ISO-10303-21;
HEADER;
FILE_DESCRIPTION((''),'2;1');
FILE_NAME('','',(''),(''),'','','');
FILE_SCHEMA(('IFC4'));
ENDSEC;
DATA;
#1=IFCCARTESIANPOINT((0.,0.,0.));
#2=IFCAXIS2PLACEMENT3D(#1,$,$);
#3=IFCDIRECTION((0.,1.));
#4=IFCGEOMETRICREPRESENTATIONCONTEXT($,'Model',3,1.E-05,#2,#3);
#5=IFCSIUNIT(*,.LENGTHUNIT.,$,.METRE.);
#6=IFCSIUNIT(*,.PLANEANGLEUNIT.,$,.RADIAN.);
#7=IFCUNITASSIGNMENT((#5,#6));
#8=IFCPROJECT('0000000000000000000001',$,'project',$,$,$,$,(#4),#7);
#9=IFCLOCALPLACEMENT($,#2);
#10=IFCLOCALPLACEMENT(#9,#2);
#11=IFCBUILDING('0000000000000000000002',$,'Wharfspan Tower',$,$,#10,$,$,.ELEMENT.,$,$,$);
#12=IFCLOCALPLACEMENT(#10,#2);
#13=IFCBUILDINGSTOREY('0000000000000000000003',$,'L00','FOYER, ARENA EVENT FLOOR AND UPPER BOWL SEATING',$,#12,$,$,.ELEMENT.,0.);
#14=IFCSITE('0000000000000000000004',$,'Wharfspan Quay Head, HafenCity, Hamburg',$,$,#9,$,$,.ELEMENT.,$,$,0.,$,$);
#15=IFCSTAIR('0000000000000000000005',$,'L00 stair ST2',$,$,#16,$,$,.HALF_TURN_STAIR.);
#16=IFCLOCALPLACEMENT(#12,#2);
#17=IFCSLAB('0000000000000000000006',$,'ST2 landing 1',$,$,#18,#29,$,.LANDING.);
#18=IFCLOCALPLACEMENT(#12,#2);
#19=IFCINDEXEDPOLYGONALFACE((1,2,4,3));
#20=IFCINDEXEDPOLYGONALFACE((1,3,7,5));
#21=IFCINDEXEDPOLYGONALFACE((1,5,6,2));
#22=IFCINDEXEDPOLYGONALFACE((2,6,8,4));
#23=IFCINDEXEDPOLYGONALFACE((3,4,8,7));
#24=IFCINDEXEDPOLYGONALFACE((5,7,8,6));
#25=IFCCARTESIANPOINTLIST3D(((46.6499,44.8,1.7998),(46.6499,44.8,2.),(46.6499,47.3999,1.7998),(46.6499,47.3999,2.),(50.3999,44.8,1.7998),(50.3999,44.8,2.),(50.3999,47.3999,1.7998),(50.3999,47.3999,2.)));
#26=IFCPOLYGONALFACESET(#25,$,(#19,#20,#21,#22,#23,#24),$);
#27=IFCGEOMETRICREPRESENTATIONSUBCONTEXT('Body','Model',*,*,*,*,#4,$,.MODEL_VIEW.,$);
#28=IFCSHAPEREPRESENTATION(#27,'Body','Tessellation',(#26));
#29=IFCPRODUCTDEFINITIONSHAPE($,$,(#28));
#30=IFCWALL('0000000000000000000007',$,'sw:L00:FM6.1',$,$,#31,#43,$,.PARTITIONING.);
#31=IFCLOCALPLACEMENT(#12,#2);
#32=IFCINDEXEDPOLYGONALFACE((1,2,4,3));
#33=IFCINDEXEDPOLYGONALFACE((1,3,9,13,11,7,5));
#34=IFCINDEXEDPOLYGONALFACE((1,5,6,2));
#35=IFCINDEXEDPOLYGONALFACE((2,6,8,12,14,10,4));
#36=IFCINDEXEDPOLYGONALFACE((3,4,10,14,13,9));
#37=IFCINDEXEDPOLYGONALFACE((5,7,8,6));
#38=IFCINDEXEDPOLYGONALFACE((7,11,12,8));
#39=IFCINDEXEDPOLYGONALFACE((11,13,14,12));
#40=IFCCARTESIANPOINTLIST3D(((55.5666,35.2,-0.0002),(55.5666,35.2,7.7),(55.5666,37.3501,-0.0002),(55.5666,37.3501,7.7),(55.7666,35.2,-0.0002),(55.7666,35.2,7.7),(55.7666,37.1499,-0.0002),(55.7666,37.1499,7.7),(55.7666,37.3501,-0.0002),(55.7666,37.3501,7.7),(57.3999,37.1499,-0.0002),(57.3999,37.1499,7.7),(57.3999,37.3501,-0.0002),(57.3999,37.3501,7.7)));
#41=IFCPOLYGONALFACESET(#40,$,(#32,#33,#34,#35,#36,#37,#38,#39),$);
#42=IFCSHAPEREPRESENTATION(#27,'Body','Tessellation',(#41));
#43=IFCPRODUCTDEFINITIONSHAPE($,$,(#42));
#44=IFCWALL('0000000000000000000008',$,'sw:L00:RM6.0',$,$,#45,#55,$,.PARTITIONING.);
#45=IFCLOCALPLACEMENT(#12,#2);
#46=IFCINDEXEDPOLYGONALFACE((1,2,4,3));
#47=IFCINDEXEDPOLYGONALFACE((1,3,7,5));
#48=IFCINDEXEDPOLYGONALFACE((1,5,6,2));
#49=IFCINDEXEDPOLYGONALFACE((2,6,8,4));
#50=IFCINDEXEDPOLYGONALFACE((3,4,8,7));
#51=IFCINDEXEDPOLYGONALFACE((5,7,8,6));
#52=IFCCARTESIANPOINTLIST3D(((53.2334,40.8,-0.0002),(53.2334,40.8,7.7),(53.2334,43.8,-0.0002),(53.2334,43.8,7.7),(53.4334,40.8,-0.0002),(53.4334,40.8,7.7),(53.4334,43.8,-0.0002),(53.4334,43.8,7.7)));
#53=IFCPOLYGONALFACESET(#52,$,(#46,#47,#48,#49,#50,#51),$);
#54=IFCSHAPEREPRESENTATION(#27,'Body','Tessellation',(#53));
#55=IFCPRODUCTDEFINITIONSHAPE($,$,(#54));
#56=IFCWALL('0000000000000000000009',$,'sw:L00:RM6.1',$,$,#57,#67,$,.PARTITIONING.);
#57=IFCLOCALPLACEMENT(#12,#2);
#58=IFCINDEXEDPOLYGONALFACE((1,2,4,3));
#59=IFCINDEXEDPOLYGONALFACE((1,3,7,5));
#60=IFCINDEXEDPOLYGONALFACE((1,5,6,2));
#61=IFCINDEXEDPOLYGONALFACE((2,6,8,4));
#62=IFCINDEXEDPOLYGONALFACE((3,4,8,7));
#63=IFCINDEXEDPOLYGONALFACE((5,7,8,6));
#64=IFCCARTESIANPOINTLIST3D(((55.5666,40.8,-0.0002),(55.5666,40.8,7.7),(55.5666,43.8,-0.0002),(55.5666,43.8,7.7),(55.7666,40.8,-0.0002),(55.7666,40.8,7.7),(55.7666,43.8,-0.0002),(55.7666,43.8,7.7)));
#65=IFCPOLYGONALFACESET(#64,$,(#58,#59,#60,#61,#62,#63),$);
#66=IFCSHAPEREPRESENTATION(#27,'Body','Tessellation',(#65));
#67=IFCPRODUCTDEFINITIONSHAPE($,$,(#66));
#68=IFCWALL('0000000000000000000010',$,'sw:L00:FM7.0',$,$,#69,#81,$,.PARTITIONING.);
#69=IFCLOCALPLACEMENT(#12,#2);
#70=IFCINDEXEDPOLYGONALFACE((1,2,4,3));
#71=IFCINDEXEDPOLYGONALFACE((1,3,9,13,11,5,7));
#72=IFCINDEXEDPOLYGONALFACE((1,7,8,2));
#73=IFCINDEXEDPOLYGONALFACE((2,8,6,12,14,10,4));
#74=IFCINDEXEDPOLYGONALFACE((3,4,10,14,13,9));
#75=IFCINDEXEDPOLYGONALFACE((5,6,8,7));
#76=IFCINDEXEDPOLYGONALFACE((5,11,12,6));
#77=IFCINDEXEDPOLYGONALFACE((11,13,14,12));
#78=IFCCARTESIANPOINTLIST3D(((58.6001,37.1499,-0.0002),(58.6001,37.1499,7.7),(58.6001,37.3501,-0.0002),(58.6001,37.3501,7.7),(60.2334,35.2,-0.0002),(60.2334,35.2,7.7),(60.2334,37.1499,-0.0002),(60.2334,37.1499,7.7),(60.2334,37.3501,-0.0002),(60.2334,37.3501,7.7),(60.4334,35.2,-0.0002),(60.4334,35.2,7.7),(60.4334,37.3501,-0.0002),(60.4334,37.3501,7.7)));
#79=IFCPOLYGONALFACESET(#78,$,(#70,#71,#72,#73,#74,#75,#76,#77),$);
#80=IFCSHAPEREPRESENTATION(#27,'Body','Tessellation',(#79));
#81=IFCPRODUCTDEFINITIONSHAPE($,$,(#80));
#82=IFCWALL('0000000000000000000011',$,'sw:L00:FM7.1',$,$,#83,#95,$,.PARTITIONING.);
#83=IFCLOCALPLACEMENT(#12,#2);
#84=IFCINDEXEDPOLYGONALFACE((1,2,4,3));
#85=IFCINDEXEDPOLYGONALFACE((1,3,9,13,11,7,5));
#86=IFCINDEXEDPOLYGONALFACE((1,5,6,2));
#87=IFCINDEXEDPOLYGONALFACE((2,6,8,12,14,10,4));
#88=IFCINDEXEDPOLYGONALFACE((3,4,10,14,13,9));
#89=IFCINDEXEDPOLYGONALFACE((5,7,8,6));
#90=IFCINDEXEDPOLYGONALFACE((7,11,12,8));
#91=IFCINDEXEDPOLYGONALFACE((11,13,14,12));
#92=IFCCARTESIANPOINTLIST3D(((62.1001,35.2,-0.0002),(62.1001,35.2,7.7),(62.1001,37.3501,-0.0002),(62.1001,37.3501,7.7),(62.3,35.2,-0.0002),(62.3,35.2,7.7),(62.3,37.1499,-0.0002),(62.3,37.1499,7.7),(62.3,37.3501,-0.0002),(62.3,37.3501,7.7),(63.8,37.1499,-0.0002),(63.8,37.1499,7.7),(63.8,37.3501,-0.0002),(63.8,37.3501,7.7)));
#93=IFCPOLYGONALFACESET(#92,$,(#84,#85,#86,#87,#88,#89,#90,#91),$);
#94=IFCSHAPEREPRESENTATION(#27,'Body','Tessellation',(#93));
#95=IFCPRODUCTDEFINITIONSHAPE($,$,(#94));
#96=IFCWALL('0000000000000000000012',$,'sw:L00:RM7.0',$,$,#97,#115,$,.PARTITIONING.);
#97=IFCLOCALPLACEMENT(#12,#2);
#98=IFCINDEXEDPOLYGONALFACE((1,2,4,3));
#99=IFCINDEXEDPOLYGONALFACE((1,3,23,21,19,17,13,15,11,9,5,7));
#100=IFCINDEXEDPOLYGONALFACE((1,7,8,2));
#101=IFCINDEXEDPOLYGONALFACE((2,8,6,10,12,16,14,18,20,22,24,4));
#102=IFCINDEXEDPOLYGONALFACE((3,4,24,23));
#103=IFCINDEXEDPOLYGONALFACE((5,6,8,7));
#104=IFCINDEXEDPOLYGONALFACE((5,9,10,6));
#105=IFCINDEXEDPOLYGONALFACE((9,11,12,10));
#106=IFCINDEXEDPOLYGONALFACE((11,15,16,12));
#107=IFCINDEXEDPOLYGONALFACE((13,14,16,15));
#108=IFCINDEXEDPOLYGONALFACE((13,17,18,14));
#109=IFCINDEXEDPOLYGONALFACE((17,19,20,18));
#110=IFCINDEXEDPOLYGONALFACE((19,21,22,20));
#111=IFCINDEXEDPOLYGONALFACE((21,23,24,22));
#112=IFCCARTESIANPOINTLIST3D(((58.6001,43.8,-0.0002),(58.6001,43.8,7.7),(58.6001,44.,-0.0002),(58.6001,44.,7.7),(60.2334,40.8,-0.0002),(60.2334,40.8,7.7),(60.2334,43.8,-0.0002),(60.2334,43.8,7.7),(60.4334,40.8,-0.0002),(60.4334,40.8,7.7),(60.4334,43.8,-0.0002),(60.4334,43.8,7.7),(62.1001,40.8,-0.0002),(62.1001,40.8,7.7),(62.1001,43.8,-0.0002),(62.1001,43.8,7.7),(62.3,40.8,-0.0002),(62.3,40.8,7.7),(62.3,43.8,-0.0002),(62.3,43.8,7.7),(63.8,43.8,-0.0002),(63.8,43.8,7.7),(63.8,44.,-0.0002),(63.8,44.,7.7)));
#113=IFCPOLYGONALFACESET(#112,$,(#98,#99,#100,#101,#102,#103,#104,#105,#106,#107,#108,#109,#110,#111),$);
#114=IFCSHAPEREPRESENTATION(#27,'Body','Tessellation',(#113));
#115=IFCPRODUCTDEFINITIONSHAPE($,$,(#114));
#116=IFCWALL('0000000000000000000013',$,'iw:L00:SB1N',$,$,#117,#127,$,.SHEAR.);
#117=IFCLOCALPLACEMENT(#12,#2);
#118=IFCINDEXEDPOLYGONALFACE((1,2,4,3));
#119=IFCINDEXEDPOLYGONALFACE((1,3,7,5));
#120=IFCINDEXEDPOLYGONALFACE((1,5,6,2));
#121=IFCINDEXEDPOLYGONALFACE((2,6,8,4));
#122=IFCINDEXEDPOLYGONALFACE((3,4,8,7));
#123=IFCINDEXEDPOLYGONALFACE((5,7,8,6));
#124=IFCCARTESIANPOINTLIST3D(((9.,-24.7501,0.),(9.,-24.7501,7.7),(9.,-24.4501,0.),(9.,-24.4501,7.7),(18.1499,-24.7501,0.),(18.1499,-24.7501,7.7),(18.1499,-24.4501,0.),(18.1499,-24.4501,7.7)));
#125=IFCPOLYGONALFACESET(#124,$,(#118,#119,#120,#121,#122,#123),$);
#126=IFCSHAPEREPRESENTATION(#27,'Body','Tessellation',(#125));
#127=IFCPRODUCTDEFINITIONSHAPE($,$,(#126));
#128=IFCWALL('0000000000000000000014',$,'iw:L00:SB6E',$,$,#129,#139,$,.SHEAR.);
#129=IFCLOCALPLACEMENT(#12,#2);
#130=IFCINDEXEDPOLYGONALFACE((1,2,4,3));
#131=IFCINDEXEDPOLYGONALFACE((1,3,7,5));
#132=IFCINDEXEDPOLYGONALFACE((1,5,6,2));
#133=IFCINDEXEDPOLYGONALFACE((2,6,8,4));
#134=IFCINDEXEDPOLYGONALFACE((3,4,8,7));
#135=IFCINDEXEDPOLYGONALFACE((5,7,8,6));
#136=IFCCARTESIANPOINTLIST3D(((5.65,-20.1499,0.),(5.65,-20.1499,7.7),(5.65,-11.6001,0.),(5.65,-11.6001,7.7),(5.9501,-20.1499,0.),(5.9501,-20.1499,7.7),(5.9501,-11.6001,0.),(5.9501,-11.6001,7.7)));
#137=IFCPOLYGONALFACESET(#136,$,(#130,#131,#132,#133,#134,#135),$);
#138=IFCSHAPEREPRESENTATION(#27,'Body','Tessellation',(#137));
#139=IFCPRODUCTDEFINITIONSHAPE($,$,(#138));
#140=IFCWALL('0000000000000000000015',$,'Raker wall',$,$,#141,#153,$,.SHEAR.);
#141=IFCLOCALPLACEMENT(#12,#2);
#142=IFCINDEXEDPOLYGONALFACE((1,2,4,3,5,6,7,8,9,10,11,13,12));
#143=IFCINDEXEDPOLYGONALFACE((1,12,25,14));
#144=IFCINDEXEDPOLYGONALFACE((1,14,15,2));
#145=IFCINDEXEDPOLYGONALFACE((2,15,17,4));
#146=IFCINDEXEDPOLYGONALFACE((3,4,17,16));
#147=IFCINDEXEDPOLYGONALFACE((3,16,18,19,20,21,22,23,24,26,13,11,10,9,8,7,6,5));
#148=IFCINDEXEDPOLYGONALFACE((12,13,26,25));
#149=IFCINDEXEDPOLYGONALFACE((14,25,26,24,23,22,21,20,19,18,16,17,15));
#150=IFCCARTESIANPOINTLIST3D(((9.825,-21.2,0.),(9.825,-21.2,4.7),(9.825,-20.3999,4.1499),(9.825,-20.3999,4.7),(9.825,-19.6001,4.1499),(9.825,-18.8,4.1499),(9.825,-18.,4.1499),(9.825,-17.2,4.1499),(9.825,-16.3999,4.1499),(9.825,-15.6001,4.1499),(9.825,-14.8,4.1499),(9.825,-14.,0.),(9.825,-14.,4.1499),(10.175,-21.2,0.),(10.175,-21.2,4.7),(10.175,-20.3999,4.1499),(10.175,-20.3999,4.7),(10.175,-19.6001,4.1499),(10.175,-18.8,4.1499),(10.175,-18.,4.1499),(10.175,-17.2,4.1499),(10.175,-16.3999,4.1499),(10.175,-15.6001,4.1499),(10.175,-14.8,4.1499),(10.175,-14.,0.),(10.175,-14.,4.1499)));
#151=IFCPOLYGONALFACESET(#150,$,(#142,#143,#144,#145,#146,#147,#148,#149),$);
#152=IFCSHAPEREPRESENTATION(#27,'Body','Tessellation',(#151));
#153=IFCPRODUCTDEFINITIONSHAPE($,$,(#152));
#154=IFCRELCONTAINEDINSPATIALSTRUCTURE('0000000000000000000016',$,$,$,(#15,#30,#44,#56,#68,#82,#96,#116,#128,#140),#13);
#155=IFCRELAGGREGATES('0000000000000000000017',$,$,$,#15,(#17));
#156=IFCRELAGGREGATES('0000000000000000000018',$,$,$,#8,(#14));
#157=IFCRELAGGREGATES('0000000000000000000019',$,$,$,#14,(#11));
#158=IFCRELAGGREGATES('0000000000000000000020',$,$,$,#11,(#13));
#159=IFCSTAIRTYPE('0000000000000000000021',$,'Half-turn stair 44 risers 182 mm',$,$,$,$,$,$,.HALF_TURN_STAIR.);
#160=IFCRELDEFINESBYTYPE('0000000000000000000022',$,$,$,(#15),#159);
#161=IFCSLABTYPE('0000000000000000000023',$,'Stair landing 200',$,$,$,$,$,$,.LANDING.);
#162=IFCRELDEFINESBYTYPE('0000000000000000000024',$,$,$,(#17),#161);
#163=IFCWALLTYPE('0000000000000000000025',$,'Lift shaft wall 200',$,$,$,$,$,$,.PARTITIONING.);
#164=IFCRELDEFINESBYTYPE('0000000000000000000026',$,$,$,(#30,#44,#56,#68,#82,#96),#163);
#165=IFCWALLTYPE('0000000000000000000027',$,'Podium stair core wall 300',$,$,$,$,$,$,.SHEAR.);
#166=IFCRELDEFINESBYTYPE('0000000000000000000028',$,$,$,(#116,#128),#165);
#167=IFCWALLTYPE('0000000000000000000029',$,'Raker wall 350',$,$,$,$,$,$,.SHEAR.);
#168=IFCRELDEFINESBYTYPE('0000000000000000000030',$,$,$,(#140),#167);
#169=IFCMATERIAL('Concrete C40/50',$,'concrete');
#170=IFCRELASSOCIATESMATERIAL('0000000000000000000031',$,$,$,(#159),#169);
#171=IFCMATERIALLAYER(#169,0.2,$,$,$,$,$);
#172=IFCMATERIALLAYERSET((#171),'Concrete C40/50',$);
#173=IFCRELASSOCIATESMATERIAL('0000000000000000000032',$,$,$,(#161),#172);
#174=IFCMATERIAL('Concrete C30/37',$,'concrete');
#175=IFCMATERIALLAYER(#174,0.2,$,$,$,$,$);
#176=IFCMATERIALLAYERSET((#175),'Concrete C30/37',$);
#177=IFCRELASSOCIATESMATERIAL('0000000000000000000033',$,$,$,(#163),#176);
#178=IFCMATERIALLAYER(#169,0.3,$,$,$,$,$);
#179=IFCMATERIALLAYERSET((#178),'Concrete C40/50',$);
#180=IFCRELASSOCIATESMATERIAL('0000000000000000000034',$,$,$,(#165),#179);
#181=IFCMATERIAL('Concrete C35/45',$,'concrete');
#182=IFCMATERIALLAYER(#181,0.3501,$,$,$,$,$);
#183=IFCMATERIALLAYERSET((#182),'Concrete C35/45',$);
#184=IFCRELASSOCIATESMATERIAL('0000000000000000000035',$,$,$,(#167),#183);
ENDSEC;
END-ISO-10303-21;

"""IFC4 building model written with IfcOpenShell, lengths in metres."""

from ifc_helpers import new_model, si_unit, direction, frame, frame_2d, origin, place, context, subcontext, project, spatial, polyline, rectangle, outline, extrude, material, layer, layer_set, type_object, element, aggregate, save


model = new_model("IFC4")

# Units and contexts
model_context = context("Model", 3, precision=1e-05, world=origin(), true_north=direction((0.0, 1.0)))
body_context = subcontext(model_context, "Body", "Model", "MODEL_VIEW")
ifc_project = project(units=[si_unit("LENGTHUNIT", "METRE"), si_unit("PLANEANGLEUNIT", "RADIAN")], contexts=[model_context])

# Site, building, storey
site_placement = place(None, origin())
site = spatial("IfcSite", under=ifc_project, at=site_placement, Name="Wharfspan Quay Head, HafenCity, Hamburg", CompositionType="ELEMENT", RefElevation=0.0)
building_placement = place(site_placement, origin())
building = spatial("IfcBuilding", under=site, at=building_placement, Name="Wharfspan Tower", CompositionType="ELEMENT")
storey_placement = place(building_placement, origin())
storey = spatial("IfcBuildingStorey", under=building, at=storey_placement, Name="L00", Description="FOYER, ARENA EVENT FLOOR AND UPPER BOWL SEATING", CompositionType="ELEMENT", Elevation=0.0)

# Shared definitions
ifc_material_1 = material(Name="Concrete C40/50", Category="concrete")
stair_type = type_object("IfcStairType", Name="Half-turn stair 44 risers 182 mm", PredefinedType="HALF_TURN_STAIR", material=ifc_material_1)
ifc_layer_1 = layer(ifc_material_1, 0.2)
ifc_layer_set_1 = layer_set([ifc_layer_1], Name="Concrete C40/50")
slab_type = type_object("IfcSlabType", Name="Stair landing 200", PredefinedType="LANDING", material=ifc_layer_set_1)

# Stair, slab
stair_1_placement = place(storey_placement, origin())
stair_1 = element("IfcStair", 1, at=stair_1_placement, inside=storey, type_object=stair_type, Name="L00 stair ST2", PredefinedType="HALF_TURN_STAIR")
slab_1_placement = place(storey_placement, frame((0.0, 0.0, 1.7998)))
slab_1 = element("IfcSlab", 2, at=slab_1_placement, type_object=slab_type, Name="ST2 landing 1", PredefinedType="LANDING", context=body_context, shape_type="SweptSolid", body=[
    extrude(outline(polyline([(50.3999, 44.8), (50.3999, 47.3999), (46.6499, 47.3999), (46.6499, 44.8), (50.3999, 44.8)])), origin(), (0.0, 0.0, 1.0), 0.2002),
])
aggregate(stair_1, [slab_1])

# Walls
ifc_material_2 = material(Name="Concrete C30/37", Category="concrete")
ifc_layer_2 = layer(ifc_material_2, 0.2)
ifc_layer_set_2 = layer_set([ifc_layer_2], Name="Concrete C30/37")
wall_type_1 = type_object("IfcWallType", Name="Lift shaft wall 200", PredefinedType="PARTITIONING", material=ifc_layer_set_2)
wall_1_placement = place(storey_placement, frame((0.0, 0.0, -0.0002)))
element("IfcWall", 3, at=wall_1_placement, inside=storey, type_object=wall_type_1, Name="sw:L00:FM6.1", PredefinedType="PARTITIONING", context=body_context, shape_type="SweptSolid", body=[
    extrude(outline(polyline([(55.5667, 37.3501), (55.7666, 37.3501), (57.3999, 37.3501), (57.3999, 37.1499), (55.7666, 37.1499), (55.7666, 35.2), (55.5667, 35.2), (55.5667, 37.3501)])), origin(), (0.0, 0.0, 1.0), 7.7002),
])
wall_2_placement = place(storey_placement, frame((0.0, 0.0, -0.0002)))
element("IfcWall", 4, at=wall_2_placement, inside=storey, type_object=wall_type_1, Name="sw:L00:RM6.0", PredefinedType="PARTITIONING", context=body_context, shape_type="SweptSolid", body=[
    extrude(outline(polyline([(53.2334, 40.8), (53.2334, 43.8), (53.4333, 43.8), (53.4333, 40.8), (53.2334, 40.8)])), origin(), (0.0, 0.0, 1.0), 7.7002),
])
wall_3_placement = place(storey_placement, frame((0.0, 0.0, -0.0002)))
element("IfcWall", 5, at=wall_3_placement, inside=storey, type_object=wall_type_1, Name="sw:L00:RM6.1", PredefinedType="PARTITIONING", context=body_context, shape_type="SweptSolid", body=[
    extrude(outline(polyline([(55.5667, 40.8), (55.5667, 43.8), (55.7666, 43.8), (55.7666, 40.8), (55.5667, 40.8)])), origin(), (0.0, 0.0, 1.0), 7.7002),
])
wall_4_placement = place(storey_placement, frame((0.0, 0.0, -0.0002)))
element("IfcWall", 6, at=wall_4_placement, inside=storey, type_object=wall_type_1, Name="sw:L00:FM7.0", PredefinedType="PARTITIONING", context=body_context, shape_type="SweptSolid", body=[
    extrude(outline(polyline([(60.2334, 37.1499), (58.6001, 37.1499), (58.6001, 37.3501), (60.2334, 37.3501), (60.4333, 37.3501), (60.4333, 35.2), (60.2334, 35.2), (60.2334, 37.1499)])), origin(), (0.0, 0.0, 1.0), 7.7002),
])
wall_5_placement = place(storey_placement, frame((0.0, 0.0, -0.0002)))
element("IfcWall", 7, at=wall_5_placement, inside=storey, type_object=wall_type_1, Name="sw:L00:FM7.1", PredefinedType="PARTITIONING", context=body_context, shape_type="SweptSolid", body=[
    extrude(outline(polyline([(62.1001, 37.3501), (62.3, 37.3501), (63.8, 37.3501), (63.8, 37.1499), (62.3, 37.1499), (62.3, 35.2), (62.1001, 35.2), (62.1001, 37.3501)])), origin(), (0.0, 0.0, 1.0), 7.7002),
])
wall_6_placement = place(storey_placement, frame((0.0, 0.0, -0.0002)))
element("IfcWall", 8, at=wall_6_placement, inside=storey, type_object=wall_type_1, Name="sw:L00:RM7.0", PredefinedType="PARTITIONING", context=body_context, shape_type="SweptSolid", body=[
    extrude(outline(polyline([(60.4333, 40.8), (60.2334, 40.8), (60.2334, 43.8), (58.6001, 43.8), (58.6001, 44.0), (63.8, 44.0), (63.8, 43.8), (62.3, 43.8), (62.3, 40.8), (62.1001, 40.8), (62.1001, 43.8), (60.4333, 43.8), (60.4333, 40.8)])), origin(), (0.0, 0.0, 1.0), 7.7002),
])
ifc_layer_3 = layer(ifc_material_1, 0.3)
ifc_layer_set_3 = layer_set([ifc_layer_3], Name="Concrete C40/50")
wall_type_2 = type_object("IfcWallType", Name="Podium stair core wall 300", PredefinedType="SHEAR", material=ifc_layer_set_3)
wall_7_placement = place(storey_placement, frame((9.0, -24.6001, 0.0), z_axis=(0.0, 0.0, 1.0), x_axis=(1.0, 0.0, 0.0)))
element("IfcWall", 9, at=wall_7_placement, inside=storey, type_object=wall_type_2, Name="iw:L00:SB1N", PredefinedType="SHEAR", context=body_context, shape_type="SweptSolid", body=[
    extrude(rectangle(XDim=9.1499, YDim=0.3, at=frame_2d((4.575, 0.0))), origin(), (0.0, 0.0, 1.0), 7.7),
])
wall_8_placement = place(storey_placement, frame((5.8, -20.1499, 0.0), z_axis=(0.0, 0.0, 1.0), x_axis=(0.0, 1.0, 0.0)))
element("IfcWall", 10, at=wall_8_placement, inside=storey, type_object=wall_type_2, Name="iw:L00:SB6E", PredefinedType="SHEAR", context=body_context, shape_type="SweptSolid", body=[
    extrude(rectangle(XDim=8.5498, YDim=0.3, at=frame_2d((4.2749, 0.0))), origin(), (0.0, 0.0, 1.0), 7.7),
])
ifc_material_3 = material(Name="Concrete C35/45", Category="concrete")
ifc_layer_4 = layer(ifc_material_3, 0.3501)
ifc_layer_set_4 = layer_set([ifc_layer_4], Name="Concrete C35/45")
wall_type_3 = type_object("IfcWallType", Name="Raker wall 350", PredefinedType="SHEAR", material=ifc_layer_set_4)
wall_9_placement = place(storey_placement, frame((10.0, -14.0, 0.0), z_axis=(0.0, 0.0, 1.0), x_axis=(0.0, -1.0, 0.0)))
element("IfcWall", 11, at=wall_9_placement, inside=storey, type_object=wall_type_3, Name="Raker wall", PredefinedType="SHEAR", context=body_context, shape_type="SweptSolid", body=[
    extrude(outline(polyline([(0.0, 0.0), (7.2, 0.0), (7.2, 4.7), (6.3999, 4.7), (6.3999, 4.1499), (5.6001, 4.1499), (4.8, 4.1499), (4.0, 4.1499), (3.2, 4.1499), (2.3999, 4.1499), (1.6001, 4.1499), (0.8, 4.1499), (0.0, 4.1499), (0.0, 0.0)])), frame((0.0, 0.175, 0.0), z_axis=(0.0, -1.0, 0.0), x_axis=(1.0, 0.0, 0.0)), (0.0, 0.0, 1.0), 0.3501),
])

save(model, "model.ifc")
